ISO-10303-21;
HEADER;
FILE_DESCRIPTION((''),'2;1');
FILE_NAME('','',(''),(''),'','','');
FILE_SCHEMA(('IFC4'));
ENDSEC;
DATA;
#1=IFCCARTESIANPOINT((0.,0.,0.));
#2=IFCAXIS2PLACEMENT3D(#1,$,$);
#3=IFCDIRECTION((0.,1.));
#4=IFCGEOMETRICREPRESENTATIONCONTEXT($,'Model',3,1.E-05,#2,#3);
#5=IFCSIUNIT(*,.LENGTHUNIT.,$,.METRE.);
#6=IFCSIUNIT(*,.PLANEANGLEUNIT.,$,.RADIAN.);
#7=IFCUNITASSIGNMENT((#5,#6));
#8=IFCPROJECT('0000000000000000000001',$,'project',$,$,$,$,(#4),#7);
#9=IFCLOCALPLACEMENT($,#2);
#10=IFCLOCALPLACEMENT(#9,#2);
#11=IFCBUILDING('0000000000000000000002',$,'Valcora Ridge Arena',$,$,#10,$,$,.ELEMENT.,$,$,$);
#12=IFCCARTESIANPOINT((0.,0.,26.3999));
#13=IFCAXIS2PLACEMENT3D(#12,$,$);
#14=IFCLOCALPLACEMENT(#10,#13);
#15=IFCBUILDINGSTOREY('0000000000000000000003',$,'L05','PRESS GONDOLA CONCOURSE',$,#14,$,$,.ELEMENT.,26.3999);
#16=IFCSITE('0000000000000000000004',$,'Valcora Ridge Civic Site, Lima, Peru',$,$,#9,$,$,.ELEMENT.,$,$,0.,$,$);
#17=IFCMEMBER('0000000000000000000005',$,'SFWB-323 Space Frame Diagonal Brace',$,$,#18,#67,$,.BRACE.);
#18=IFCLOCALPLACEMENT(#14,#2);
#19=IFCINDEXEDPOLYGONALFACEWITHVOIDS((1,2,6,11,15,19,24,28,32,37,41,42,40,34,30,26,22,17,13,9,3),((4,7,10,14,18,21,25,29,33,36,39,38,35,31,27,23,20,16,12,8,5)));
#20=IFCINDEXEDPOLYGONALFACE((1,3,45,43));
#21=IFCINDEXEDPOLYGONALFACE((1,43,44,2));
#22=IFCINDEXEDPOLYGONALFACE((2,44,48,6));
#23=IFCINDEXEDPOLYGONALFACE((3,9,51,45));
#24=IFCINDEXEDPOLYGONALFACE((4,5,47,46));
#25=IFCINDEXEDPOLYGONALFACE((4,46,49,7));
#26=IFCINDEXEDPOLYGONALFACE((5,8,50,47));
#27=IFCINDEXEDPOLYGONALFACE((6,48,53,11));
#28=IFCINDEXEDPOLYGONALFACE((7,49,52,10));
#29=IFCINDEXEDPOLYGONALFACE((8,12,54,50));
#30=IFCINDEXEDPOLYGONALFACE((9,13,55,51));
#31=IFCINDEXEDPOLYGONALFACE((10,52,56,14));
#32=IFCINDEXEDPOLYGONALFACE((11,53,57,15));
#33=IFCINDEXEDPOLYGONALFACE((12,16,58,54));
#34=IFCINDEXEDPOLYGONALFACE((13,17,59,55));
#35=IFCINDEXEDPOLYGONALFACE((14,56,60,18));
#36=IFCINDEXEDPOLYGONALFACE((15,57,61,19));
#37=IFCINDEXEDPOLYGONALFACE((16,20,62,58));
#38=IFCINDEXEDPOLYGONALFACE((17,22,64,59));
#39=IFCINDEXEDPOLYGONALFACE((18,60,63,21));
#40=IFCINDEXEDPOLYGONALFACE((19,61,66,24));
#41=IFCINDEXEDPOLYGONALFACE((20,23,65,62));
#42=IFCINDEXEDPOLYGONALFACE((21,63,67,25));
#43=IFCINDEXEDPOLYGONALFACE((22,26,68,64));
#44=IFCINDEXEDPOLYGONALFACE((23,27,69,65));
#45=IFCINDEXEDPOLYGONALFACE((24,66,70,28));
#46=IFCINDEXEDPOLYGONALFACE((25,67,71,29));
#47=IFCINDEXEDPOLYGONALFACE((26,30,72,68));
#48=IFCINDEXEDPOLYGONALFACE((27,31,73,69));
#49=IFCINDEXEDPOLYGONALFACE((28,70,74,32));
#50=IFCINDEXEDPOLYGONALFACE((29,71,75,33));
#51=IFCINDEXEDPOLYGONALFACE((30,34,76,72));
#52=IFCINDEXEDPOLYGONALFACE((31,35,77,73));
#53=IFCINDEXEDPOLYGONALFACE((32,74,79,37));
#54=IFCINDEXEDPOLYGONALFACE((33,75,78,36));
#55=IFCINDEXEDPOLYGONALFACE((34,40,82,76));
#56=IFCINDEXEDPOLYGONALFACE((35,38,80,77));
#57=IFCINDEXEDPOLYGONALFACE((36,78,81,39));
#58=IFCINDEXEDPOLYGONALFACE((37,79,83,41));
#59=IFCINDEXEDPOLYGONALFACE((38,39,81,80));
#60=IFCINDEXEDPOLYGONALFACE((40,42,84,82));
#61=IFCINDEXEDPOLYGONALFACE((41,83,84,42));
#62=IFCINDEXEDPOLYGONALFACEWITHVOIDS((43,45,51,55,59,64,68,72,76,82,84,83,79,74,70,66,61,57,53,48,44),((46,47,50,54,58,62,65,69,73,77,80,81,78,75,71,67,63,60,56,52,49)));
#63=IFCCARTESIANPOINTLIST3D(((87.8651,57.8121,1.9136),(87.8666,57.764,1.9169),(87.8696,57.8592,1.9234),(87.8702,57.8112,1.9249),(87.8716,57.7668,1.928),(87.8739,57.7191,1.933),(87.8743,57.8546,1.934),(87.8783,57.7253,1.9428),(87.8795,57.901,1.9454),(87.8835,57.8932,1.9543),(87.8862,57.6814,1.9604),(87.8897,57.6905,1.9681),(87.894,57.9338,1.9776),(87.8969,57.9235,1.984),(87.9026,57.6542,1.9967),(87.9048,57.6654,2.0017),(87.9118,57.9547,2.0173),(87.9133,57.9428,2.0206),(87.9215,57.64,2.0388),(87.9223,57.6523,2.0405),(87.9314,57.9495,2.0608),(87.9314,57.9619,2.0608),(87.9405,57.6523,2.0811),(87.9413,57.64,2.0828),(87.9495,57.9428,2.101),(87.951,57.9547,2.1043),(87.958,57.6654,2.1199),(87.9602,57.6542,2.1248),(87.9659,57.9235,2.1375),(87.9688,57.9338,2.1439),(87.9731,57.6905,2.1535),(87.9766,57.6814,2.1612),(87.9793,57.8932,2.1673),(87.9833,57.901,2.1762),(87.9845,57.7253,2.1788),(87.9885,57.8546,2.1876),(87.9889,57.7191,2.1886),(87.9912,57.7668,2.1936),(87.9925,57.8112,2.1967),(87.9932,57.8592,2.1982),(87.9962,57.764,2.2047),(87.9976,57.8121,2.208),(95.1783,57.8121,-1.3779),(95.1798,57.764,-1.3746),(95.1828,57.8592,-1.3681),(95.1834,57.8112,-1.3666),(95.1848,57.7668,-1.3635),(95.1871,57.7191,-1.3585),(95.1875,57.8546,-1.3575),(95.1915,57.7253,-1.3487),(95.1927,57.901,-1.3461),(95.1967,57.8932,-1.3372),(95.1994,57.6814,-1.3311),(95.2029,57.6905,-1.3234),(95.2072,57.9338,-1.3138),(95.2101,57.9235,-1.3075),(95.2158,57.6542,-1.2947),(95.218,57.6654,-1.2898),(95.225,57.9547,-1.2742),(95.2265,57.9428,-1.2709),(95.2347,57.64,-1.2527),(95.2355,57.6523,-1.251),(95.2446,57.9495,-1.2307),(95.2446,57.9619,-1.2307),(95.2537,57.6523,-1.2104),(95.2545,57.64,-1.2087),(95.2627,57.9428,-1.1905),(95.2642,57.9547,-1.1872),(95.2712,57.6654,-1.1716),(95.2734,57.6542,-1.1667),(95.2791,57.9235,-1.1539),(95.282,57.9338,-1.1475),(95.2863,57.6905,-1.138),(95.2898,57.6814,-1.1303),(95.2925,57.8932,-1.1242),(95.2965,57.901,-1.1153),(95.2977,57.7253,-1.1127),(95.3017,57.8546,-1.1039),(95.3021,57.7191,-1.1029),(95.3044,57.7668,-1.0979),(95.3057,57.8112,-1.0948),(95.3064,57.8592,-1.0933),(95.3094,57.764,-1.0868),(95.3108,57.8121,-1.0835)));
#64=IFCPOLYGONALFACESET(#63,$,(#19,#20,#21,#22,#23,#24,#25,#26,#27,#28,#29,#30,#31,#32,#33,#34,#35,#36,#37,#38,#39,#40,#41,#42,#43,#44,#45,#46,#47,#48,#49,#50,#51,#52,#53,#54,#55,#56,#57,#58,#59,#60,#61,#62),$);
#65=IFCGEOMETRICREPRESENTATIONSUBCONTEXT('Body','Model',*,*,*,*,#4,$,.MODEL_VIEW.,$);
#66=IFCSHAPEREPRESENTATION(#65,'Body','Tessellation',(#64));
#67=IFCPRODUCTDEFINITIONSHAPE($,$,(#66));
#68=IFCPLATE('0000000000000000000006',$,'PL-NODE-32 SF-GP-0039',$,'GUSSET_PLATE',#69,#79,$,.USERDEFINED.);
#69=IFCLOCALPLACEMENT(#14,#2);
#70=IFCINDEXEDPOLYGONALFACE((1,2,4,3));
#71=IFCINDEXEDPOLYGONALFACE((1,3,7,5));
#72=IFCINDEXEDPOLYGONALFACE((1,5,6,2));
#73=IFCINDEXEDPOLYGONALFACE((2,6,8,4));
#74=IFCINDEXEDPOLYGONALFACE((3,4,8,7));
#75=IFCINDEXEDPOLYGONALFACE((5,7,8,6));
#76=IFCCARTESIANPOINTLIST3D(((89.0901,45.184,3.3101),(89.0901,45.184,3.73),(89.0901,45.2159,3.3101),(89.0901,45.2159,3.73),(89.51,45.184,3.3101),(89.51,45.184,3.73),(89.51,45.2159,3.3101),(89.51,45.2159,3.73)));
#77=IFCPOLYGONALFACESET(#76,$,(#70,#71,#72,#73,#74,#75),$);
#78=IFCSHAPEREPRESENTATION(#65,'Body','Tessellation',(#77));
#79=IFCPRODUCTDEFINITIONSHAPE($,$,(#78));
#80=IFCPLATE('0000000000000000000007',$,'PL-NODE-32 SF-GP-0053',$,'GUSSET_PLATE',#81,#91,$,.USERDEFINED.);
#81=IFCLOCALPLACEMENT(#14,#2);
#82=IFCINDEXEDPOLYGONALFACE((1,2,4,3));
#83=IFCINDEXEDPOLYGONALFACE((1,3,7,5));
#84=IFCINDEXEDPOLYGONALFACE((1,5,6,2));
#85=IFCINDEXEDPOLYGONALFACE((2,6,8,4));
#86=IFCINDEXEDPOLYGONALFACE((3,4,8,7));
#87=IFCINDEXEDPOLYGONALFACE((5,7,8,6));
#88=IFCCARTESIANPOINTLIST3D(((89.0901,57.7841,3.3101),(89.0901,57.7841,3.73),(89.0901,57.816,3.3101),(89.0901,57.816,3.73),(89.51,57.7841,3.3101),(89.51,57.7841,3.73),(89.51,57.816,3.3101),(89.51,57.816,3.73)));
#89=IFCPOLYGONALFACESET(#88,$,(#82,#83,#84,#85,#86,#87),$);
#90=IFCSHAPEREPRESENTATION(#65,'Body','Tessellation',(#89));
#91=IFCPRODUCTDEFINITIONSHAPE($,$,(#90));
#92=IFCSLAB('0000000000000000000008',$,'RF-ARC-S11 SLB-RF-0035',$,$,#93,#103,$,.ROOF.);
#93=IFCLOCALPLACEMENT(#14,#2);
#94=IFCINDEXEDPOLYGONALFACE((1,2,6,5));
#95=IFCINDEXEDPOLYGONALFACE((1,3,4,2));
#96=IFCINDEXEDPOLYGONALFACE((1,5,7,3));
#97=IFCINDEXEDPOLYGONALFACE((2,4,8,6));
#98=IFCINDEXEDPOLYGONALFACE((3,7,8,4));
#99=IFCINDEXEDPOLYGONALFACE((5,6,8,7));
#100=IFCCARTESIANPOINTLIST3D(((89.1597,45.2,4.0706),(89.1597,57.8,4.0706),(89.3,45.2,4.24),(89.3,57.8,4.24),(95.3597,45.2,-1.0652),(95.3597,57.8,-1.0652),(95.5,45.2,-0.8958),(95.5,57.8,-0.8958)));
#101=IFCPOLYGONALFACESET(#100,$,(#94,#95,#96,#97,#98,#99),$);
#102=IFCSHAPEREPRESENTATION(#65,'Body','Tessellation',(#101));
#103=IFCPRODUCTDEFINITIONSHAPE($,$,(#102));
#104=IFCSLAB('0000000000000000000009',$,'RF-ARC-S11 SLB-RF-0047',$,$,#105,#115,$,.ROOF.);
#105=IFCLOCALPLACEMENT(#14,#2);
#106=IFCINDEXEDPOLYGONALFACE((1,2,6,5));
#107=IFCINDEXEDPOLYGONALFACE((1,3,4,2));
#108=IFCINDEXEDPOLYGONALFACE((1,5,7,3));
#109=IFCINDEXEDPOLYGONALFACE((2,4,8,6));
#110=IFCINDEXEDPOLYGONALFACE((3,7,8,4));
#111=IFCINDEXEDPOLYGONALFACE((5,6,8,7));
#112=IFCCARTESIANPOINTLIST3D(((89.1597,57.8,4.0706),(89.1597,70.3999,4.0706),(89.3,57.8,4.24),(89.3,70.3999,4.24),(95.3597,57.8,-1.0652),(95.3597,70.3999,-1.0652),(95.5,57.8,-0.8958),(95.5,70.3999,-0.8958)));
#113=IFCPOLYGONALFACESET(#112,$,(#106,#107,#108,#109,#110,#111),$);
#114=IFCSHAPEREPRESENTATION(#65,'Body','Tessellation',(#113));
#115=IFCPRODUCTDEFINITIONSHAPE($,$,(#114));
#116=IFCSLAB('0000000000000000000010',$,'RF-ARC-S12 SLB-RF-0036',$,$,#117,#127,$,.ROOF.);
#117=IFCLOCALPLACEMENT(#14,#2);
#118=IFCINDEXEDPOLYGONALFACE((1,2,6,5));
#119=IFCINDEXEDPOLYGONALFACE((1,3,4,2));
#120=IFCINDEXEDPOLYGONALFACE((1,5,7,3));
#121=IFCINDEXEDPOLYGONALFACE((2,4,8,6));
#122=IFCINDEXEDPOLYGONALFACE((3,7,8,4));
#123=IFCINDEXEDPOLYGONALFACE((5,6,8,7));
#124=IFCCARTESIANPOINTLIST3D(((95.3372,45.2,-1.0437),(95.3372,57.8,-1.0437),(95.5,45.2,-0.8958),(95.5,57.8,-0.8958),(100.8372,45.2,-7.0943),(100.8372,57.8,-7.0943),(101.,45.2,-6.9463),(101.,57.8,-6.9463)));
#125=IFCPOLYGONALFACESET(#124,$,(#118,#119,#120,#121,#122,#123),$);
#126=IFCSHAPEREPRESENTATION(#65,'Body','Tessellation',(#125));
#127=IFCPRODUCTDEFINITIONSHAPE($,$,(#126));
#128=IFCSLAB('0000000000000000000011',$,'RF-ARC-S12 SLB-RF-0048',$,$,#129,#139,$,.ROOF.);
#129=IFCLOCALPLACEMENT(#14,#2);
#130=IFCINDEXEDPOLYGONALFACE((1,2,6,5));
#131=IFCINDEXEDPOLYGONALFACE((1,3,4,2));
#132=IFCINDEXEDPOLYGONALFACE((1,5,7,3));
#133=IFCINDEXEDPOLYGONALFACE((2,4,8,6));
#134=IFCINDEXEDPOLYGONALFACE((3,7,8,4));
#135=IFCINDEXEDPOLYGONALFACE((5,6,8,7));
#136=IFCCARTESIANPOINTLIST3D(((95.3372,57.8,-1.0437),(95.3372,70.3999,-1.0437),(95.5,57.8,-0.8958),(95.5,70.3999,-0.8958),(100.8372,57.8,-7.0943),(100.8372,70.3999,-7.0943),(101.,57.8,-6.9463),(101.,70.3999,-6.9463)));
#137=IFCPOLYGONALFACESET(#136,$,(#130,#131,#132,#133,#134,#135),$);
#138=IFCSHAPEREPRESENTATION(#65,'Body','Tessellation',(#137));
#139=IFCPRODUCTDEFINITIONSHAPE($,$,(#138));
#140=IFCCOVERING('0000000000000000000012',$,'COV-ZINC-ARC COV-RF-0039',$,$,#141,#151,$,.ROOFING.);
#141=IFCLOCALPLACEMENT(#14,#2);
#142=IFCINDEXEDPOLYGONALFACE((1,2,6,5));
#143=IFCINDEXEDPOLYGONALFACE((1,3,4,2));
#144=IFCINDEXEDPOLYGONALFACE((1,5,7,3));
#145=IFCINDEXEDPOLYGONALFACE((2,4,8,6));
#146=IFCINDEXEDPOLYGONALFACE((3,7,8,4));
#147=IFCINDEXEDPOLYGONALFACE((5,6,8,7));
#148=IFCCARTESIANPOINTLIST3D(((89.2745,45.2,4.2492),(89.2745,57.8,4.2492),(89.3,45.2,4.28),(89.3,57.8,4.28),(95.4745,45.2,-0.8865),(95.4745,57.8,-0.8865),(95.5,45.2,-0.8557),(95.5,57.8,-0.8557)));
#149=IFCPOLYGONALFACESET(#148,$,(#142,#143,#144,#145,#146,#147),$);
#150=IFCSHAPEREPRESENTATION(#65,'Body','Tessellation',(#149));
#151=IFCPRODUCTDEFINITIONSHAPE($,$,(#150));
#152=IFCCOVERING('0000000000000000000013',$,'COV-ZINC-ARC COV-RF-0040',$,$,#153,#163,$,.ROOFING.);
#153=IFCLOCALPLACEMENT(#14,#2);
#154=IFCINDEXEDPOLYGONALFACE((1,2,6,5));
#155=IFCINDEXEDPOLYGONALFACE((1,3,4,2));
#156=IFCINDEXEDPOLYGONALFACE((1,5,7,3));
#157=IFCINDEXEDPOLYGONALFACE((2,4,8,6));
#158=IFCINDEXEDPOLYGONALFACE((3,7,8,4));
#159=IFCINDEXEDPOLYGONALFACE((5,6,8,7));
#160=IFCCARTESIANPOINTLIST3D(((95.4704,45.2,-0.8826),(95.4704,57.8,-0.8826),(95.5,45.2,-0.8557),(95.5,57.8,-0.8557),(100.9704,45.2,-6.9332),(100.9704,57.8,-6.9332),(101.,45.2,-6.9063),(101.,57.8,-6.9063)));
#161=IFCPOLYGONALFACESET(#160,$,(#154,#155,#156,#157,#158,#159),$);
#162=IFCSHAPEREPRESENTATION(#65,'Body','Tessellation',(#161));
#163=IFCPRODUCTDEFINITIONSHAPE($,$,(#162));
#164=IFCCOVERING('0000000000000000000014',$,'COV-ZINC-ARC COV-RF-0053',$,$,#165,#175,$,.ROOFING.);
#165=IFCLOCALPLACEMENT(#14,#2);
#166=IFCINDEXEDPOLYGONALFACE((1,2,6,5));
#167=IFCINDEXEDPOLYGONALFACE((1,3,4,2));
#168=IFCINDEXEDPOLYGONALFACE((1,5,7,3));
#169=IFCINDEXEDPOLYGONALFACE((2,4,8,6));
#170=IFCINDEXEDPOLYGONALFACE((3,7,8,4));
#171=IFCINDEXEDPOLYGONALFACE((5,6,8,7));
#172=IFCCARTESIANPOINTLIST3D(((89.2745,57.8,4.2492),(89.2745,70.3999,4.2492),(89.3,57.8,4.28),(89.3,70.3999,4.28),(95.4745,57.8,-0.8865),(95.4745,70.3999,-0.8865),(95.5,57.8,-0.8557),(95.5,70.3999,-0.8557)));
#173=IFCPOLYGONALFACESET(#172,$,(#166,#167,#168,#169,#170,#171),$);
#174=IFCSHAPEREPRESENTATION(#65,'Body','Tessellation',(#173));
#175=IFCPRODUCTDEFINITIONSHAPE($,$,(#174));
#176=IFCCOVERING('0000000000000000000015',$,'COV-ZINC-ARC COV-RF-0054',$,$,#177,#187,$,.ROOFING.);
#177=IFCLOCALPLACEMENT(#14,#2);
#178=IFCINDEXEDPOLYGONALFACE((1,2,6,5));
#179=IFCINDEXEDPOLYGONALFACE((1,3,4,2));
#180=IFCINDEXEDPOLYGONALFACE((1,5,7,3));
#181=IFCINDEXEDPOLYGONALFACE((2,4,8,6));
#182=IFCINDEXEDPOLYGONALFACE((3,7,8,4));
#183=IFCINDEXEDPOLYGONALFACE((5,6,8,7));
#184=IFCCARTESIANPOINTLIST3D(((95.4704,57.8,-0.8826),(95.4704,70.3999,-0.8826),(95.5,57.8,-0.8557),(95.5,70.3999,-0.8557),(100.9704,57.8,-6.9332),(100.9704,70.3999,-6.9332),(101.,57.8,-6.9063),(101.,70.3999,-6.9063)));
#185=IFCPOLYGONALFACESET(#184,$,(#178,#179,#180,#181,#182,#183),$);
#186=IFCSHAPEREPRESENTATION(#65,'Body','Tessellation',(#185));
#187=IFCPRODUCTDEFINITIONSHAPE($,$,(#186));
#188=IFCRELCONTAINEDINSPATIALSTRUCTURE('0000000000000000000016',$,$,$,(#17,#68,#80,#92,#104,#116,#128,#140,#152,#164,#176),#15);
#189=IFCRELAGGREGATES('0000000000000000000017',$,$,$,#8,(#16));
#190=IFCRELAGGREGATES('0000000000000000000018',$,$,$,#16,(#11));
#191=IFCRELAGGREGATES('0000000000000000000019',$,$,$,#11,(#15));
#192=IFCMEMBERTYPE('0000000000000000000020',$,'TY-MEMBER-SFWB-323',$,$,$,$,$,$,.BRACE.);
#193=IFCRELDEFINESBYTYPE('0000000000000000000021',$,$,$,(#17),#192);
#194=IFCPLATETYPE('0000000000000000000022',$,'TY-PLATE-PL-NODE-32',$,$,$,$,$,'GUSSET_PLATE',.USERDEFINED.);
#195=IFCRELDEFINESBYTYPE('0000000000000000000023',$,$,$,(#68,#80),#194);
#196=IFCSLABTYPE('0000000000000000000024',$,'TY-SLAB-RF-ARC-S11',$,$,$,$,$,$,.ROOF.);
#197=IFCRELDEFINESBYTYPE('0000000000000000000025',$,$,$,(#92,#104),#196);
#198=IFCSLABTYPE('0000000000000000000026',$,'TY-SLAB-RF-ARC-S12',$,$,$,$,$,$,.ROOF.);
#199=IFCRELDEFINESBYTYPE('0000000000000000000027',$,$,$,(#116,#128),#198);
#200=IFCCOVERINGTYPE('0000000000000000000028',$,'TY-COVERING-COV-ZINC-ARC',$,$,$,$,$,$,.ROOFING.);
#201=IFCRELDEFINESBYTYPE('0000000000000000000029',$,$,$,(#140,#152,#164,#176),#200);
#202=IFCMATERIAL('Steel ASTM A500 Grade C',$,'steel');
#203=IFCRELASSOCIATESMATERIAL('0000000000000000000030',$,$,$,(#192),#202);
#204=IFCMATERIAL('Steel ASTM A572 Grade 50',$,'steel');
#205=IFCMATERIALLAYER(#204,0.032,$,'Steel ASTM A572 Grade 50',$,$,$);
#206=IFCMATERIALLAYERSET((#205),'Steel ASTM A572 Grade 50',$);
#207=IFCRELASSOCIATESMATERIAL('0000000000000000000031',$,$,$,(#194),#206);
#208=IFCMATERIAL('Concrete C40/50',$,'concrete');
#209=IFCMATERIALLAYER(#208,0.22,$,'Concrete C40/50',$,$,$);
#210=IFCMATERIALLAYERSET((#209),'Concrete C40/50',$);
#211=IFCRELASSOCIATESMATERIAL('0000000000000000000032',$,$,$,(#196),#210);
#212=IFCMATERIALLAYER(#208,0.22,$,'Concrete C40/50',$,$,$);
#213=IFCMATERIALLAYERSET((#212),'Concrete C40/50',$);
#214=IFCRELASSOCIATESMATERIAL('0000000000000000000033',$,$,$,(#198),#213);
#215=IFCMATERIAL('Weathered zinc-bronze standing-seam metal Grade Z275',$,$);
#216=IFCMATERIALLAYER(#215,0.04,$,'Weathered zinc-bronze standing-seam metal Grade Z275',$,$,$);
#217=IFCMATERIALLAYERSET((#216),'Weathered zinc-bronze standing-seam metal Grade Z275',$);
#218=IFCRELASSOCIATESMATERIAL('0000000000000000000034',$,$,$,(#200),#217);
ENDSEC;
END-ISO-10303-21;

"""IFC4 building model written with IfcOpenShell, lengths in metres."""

from ifc_helpers import new_model, si_unit, direction, frame, origin, origin_2d, place, context, subcontext, project, spatial, polyline, rectangle, hollow_circle, outline, extrude, material, layer, layer_set, material_profile, profile_set, type_object, element, save


model = new_model("IFC4")

# Units and contexts
model_context = context("Model", 3, precision=1e-05, world=origin(), true_north=direction((0.0, 1.0)))
body_context = subcontext(model_context, "Body", "Model", "MODEL_VIEW")
ifc_project = project(units=[si_unit("LENGTHUNIT", "METRE"), si_unit("PLANEANGLEUNIT", "RADIAN")], contexts=[model_context])

# Site, building, storey
site_placement = place(None, origin())
site = spatial("IfcSite", under=ifc_project, at=site_placement, Name="Valcora Ridge Civic Site, Lima, Peru", CompositionType="ELEMENT", RefElevation=0.0)
building_placement = place(site_placement, origin())
building = spatial("IfcBuilding", under=site, at=building_placement, Name="Valcora Ridge Arena", CompositionType="ELEMENT")
storey_placement = place(building_placement, frame((0.0, 0.0, 26.3999)))
storey = spatial("IfcBuildingStorey", under=building, at=storey_placement, Name="L05", Description="PRESS GONDOLA CONCOURSE", CompositionType="ELEMENT", Elevation=26.3999)

# Member
ifc_material_1 = material(Name="Steel ASTM A572 Grade 50", Category="steel")
ifc_material_2 = material(Name="Steel ASTM A500 Grade C", Category="steel")
ifc_material_profile_1 = material_profile(ifc_material_2, hollow_circle(Radius=0.1619, WallThickness=0.0125, at=origin_2d()), Name="CHS323X12")
ifc_profile_set_1 = profile_set([ifc_material_profile_1], Name="Steel ASTM A500 Grade C")
member_type_1 = type_object("IfcMemberType", Name="TY-MEMBER-SFWB-323", PredefinedType="BRACE", material=ifc_profile_set_1)
for number, where, z_axis, x_axis, name in (
    (1, (87.9314, 57.8, 2.0608), (0.911896, 0.0, -0.410422), (0.0, 1.0, 0.0), "SFWB-323 Space Frame Diagonal Brace"),
):
    element("IfcMember", number, at=place(storey_placement, frame(where, z_axis=z_axis, x_axis=x_axis)), inside=storey, type_object=member_type_1, Name=name, PredefinedType="BRACE", context=body_context, shape_type="SweptSolid", body=[
        extrude(hollow_circle(Radius=0.1619, WallThickness=0.0125, at=origin_2d()), origin(), (0.0, 0.0, 1.0), 8.0198),
    ])

# Plates
ifc_layer_1 = layer(ifc_material_1, 0.032, Name="Steel ASTM A572 Grade 50")
ifc_layer_set_1 = layer_set([ifc_layer_1], Name="Steel ASTM A572 Grade 50")
plate_type = type_object("IfcPlateType", Name="TY-PLATE-PL-NODE-32", ElementType="GUSSET_PLATE", PredefinedType="USERDEFINED", material=ifc_layer_set_1)
for number, where, z_axis, x_axis, name in (
    (2, (89.3, 45.2, 3.3101), (0.0, 0.0, 1.0), (1.0, 0.0, 0.0), "PL-NODE-32 SF-GP-0039"),
    (3, (89.3, 57.8, 3.3101), (0.0, 0.0, 1.0), (1.0, 0.0, 0.0), "PL-NODE-32 SF-GP-0053"),
):
    element("IfcPlate", number, at=place(storey_placement, frame(where, z_axis=z_axis, x_axis=x_axis)), inside=storey, type_object=plate_type, Name=name, ObjectType="GUSSET_PLATE", PredefinedType="USERDEFINED", context=body_context, shape_type="SweptSolid", body=[
        extrude(rectangle(XDim=0.4199, YDim=0.032, at=origin_2d()), origin(), (0.0, 0.0, 1.0), 0.4199),
    ])

# Slabs
ifc_material_3 = material(Name="Concrete C40/50", Category="concrete")
ifc_layer_2 = layer(ifc_material_3, 0.22, Name="Concrete C40/50")
ifc_layer_set_2 = layer_set([ifc_layer_2], Name="Concrete C40/50")
slab_type_1 = type_object("IfcSlabType", Name="TY-SLAB-RF-ARC-S11", PredefinedType="ROOF", material=ifc_layer_set_2)
slab_1_placement = place(storey_placement, frame((89.3, 45.2, 4.24), z_axis=(0.637918, 0.0, 0.770105), x_axis=(0.770105, 0.0, -0.637918)))
element("IfcSlab", 4, at=slab_1_placement, inside=storey, type_object=slab_type_1, Name="RF-ARC-S11 SLB-RF-0035", PredefinedType="ROOF", context=body_context, shape_type="SweptSolid", body=[
    extrude(outline(polyline([(0.0, 0.0), (8.0508, 0.0), (8.0508, 12.6001), (0.0, 12.6001), (0.0, 0.0)])), origin(), (0.0, 0.0, -1.0), 0.22),
])
slab_2_placement = place(storey_placement, frame((89.3, 57.8, 4.24), z_axis=(0.637918, 0.0, 0.770105), x_axis=(0.770105, 0.0, -0.637918)))
element("IfcSlab", 5, at=slab_2_placement, inside=storey, type_object=slab_type_1, Name="RF-ARC-S11 SLB-RF-0047", PredefinedType="ROOF", context=body_context, shape_type="SweptSolid", body=[
    extrude(outline(polyline([(0.0, 0.0), (8.0508, 0.0), (8.0508, 12.5999), (0.0, 12.5999), (0.0, 0.0)])), origin(), (0.0, 0.0, -1.0), 0.22),
])
ifc_layer_3 = layer(ifc_material_3, 0.22, Name="Concrete C40/50")
ifc_layer_set_3 = layer_set([ifc_layer_3], Name="Concrete C40/50")
slab_type_2 = type_object("IfcSlabType", Name="TY-SLAB-RF-ARC-S12", PredefinedType="ROOF", material=ifc_layer_set_3)
slab_3_placement = place(storey_placement, frame((95.5, 45.2, -0.8958), z_axis=(0.73997, 0.0, 0.67264), x_axis=(0.67264, 0.0, -0.73997)))
element("IfcSlab", 6, at=slab_3_placement, inside=storey, type_object=slab_type_2, Name="RF-ARC-S12 SLB-RF-0036", PredefinedType="ROOF", context=body_context, shape_type="SweptSolid", body=[
    extrude(outline(polyline([(0.0, 0.0), (8.1767, 0.0), (8.1767, 12.6001), (0.0, 12.6001), (0.0, 0.0)])), origin(), (0.0, 0.0, -1.0), 0.22),
])
slab_4_placement = place(storey_placement, frame((95.5, 57.8, -0.8958), z_axis=(0.73997, 0.0, 0.67264), x_axis=(0.67264, 0.0, -0.73997)))
element("IfcSlab", 7, at=slab_4_placement, inside=storey, type_object=slab_type_2, Name="RF-ARC-S12 SLB-RF-0048", PredefinedType="ROOF", context=body_context, shape_type="SweptSolid", body=[
    extrude(outline(polyline([(0.0, 0.0), (8.1767, 0.0), (8.1767, 12.5999), (0.0, 12.5999), (0.0, 0.0)])), origin(), (0.0, 0.0, -1.0), 0.22),
])

# Coverings
ifc_material_4 = material(Name="Weathered zinc-bronze standing-seam metal Grade Z275")
ifc_layer_4 = layer(ifc_material_4, 0.04, Name="Weathered zinc-bronze standing-seam metal Grade Z275")
ifc_layer_set_4 = layer_set([ifc_layer_4], Name="Weathered zinc-bronze standing-seam metal Grade Z275")
covering_type = type_object("IfcCoveringType", Name="TY-COVERING-COV-ZINC-ARC", PredefinedType="ROOFING", material=ifc_layer_set_4)
covering_1_placement = place(storey_placement, frame((89.3, 45.2, 4.28), z_axis=(0.637918, 0.0, 0.770105), x_axis=(0.770105, 0.0, -0.637918)))
element("IfcCovering", 8, at=covering_1_placement, inside=storey, type_object=covering_type, Name="COV-ZINC-ARC COV-RF-0039", PredefinedType="ROOFING", context=body_context, shape_type="SweptSolid", body=[
    extrude(outline(polyline([(0.0, 0.0), (8.0508, 0.0), (8.0508, 12.6001), (0.0, 12.6001), (0.0, 0.0)])), origin(), (0.0, 0.0, -1.0), 0.04),
])
covering_2_placement = place(storey_placement, frame((95.5, 45.2, -0.8557), z_axis=(0.73997, 0.0, 0.67264), x_axis=(0.67264, 0.0, -0.73997)))
element("IfcCovering", 9, at=covering_2_placement, inside=storey, type_object=covering_type, Name="COV-ZINC-ARC COV-RF-0040", PredefinedType="ROOFING", context=body_context, shape_type="SweptSolid", body=[
    extrude(outline(polyline([(0.0, 0.0), (8.1767, 0.0), (8.1767, 12.6001), (0.0, 12.6001), (0.0, 0.0)])), origin(), (0.0, 0.0, -1.0), 0.04),
])
covering_3_placement = place(storey_placement, frame((89.3, 57.8, 4.28), z_axis=(0.637918, 0.0, 0.770105), x_axis=(0.770105, 0.0, -0.637918)))
element("IfcCovering", 10, at=covering_3_placement, inside=storey, type_object=covering_type, Name="COV-ZINC-ARC COV-RF-0053", PredefinedType="ROOFING", context=body_context, shape_type="SweptSolid", body=[
    extrude(outline(polyline([(0.0, 0.0), (8.0508, 0.0), (8.0508, 12.5999), (0.0, 12.5999), (0.0, 0.0)])), origin(), (0.0, 0.0, -1.0), 0.04),
])
covering_4_placement = place(storey_placement, frame((95.5, 57.8, -0.8557), z_axis=(0.73997, 0.0, 0.67264), x_axis=(0.67264, 0.0, -0.73997)))
element("IfcCovering", 11, at=covering_4_placement, inside=storey, type_object=covering_type, Name="COV-ZINC-ARC COV-RF-0054", PredefinedType="ROOFING", context=body_context, shape_type="SweptSolid", body=[
    extrude(outline(polyline([(0.0, 0.0), (8.1767, 0.0), (8.1767, 12.5999), (0.0, 12.5999), (0.0, 0.0)])), origin(), (0.0, 0.0, -1.0), 0.04),
])

save(model, "model.ifc")
